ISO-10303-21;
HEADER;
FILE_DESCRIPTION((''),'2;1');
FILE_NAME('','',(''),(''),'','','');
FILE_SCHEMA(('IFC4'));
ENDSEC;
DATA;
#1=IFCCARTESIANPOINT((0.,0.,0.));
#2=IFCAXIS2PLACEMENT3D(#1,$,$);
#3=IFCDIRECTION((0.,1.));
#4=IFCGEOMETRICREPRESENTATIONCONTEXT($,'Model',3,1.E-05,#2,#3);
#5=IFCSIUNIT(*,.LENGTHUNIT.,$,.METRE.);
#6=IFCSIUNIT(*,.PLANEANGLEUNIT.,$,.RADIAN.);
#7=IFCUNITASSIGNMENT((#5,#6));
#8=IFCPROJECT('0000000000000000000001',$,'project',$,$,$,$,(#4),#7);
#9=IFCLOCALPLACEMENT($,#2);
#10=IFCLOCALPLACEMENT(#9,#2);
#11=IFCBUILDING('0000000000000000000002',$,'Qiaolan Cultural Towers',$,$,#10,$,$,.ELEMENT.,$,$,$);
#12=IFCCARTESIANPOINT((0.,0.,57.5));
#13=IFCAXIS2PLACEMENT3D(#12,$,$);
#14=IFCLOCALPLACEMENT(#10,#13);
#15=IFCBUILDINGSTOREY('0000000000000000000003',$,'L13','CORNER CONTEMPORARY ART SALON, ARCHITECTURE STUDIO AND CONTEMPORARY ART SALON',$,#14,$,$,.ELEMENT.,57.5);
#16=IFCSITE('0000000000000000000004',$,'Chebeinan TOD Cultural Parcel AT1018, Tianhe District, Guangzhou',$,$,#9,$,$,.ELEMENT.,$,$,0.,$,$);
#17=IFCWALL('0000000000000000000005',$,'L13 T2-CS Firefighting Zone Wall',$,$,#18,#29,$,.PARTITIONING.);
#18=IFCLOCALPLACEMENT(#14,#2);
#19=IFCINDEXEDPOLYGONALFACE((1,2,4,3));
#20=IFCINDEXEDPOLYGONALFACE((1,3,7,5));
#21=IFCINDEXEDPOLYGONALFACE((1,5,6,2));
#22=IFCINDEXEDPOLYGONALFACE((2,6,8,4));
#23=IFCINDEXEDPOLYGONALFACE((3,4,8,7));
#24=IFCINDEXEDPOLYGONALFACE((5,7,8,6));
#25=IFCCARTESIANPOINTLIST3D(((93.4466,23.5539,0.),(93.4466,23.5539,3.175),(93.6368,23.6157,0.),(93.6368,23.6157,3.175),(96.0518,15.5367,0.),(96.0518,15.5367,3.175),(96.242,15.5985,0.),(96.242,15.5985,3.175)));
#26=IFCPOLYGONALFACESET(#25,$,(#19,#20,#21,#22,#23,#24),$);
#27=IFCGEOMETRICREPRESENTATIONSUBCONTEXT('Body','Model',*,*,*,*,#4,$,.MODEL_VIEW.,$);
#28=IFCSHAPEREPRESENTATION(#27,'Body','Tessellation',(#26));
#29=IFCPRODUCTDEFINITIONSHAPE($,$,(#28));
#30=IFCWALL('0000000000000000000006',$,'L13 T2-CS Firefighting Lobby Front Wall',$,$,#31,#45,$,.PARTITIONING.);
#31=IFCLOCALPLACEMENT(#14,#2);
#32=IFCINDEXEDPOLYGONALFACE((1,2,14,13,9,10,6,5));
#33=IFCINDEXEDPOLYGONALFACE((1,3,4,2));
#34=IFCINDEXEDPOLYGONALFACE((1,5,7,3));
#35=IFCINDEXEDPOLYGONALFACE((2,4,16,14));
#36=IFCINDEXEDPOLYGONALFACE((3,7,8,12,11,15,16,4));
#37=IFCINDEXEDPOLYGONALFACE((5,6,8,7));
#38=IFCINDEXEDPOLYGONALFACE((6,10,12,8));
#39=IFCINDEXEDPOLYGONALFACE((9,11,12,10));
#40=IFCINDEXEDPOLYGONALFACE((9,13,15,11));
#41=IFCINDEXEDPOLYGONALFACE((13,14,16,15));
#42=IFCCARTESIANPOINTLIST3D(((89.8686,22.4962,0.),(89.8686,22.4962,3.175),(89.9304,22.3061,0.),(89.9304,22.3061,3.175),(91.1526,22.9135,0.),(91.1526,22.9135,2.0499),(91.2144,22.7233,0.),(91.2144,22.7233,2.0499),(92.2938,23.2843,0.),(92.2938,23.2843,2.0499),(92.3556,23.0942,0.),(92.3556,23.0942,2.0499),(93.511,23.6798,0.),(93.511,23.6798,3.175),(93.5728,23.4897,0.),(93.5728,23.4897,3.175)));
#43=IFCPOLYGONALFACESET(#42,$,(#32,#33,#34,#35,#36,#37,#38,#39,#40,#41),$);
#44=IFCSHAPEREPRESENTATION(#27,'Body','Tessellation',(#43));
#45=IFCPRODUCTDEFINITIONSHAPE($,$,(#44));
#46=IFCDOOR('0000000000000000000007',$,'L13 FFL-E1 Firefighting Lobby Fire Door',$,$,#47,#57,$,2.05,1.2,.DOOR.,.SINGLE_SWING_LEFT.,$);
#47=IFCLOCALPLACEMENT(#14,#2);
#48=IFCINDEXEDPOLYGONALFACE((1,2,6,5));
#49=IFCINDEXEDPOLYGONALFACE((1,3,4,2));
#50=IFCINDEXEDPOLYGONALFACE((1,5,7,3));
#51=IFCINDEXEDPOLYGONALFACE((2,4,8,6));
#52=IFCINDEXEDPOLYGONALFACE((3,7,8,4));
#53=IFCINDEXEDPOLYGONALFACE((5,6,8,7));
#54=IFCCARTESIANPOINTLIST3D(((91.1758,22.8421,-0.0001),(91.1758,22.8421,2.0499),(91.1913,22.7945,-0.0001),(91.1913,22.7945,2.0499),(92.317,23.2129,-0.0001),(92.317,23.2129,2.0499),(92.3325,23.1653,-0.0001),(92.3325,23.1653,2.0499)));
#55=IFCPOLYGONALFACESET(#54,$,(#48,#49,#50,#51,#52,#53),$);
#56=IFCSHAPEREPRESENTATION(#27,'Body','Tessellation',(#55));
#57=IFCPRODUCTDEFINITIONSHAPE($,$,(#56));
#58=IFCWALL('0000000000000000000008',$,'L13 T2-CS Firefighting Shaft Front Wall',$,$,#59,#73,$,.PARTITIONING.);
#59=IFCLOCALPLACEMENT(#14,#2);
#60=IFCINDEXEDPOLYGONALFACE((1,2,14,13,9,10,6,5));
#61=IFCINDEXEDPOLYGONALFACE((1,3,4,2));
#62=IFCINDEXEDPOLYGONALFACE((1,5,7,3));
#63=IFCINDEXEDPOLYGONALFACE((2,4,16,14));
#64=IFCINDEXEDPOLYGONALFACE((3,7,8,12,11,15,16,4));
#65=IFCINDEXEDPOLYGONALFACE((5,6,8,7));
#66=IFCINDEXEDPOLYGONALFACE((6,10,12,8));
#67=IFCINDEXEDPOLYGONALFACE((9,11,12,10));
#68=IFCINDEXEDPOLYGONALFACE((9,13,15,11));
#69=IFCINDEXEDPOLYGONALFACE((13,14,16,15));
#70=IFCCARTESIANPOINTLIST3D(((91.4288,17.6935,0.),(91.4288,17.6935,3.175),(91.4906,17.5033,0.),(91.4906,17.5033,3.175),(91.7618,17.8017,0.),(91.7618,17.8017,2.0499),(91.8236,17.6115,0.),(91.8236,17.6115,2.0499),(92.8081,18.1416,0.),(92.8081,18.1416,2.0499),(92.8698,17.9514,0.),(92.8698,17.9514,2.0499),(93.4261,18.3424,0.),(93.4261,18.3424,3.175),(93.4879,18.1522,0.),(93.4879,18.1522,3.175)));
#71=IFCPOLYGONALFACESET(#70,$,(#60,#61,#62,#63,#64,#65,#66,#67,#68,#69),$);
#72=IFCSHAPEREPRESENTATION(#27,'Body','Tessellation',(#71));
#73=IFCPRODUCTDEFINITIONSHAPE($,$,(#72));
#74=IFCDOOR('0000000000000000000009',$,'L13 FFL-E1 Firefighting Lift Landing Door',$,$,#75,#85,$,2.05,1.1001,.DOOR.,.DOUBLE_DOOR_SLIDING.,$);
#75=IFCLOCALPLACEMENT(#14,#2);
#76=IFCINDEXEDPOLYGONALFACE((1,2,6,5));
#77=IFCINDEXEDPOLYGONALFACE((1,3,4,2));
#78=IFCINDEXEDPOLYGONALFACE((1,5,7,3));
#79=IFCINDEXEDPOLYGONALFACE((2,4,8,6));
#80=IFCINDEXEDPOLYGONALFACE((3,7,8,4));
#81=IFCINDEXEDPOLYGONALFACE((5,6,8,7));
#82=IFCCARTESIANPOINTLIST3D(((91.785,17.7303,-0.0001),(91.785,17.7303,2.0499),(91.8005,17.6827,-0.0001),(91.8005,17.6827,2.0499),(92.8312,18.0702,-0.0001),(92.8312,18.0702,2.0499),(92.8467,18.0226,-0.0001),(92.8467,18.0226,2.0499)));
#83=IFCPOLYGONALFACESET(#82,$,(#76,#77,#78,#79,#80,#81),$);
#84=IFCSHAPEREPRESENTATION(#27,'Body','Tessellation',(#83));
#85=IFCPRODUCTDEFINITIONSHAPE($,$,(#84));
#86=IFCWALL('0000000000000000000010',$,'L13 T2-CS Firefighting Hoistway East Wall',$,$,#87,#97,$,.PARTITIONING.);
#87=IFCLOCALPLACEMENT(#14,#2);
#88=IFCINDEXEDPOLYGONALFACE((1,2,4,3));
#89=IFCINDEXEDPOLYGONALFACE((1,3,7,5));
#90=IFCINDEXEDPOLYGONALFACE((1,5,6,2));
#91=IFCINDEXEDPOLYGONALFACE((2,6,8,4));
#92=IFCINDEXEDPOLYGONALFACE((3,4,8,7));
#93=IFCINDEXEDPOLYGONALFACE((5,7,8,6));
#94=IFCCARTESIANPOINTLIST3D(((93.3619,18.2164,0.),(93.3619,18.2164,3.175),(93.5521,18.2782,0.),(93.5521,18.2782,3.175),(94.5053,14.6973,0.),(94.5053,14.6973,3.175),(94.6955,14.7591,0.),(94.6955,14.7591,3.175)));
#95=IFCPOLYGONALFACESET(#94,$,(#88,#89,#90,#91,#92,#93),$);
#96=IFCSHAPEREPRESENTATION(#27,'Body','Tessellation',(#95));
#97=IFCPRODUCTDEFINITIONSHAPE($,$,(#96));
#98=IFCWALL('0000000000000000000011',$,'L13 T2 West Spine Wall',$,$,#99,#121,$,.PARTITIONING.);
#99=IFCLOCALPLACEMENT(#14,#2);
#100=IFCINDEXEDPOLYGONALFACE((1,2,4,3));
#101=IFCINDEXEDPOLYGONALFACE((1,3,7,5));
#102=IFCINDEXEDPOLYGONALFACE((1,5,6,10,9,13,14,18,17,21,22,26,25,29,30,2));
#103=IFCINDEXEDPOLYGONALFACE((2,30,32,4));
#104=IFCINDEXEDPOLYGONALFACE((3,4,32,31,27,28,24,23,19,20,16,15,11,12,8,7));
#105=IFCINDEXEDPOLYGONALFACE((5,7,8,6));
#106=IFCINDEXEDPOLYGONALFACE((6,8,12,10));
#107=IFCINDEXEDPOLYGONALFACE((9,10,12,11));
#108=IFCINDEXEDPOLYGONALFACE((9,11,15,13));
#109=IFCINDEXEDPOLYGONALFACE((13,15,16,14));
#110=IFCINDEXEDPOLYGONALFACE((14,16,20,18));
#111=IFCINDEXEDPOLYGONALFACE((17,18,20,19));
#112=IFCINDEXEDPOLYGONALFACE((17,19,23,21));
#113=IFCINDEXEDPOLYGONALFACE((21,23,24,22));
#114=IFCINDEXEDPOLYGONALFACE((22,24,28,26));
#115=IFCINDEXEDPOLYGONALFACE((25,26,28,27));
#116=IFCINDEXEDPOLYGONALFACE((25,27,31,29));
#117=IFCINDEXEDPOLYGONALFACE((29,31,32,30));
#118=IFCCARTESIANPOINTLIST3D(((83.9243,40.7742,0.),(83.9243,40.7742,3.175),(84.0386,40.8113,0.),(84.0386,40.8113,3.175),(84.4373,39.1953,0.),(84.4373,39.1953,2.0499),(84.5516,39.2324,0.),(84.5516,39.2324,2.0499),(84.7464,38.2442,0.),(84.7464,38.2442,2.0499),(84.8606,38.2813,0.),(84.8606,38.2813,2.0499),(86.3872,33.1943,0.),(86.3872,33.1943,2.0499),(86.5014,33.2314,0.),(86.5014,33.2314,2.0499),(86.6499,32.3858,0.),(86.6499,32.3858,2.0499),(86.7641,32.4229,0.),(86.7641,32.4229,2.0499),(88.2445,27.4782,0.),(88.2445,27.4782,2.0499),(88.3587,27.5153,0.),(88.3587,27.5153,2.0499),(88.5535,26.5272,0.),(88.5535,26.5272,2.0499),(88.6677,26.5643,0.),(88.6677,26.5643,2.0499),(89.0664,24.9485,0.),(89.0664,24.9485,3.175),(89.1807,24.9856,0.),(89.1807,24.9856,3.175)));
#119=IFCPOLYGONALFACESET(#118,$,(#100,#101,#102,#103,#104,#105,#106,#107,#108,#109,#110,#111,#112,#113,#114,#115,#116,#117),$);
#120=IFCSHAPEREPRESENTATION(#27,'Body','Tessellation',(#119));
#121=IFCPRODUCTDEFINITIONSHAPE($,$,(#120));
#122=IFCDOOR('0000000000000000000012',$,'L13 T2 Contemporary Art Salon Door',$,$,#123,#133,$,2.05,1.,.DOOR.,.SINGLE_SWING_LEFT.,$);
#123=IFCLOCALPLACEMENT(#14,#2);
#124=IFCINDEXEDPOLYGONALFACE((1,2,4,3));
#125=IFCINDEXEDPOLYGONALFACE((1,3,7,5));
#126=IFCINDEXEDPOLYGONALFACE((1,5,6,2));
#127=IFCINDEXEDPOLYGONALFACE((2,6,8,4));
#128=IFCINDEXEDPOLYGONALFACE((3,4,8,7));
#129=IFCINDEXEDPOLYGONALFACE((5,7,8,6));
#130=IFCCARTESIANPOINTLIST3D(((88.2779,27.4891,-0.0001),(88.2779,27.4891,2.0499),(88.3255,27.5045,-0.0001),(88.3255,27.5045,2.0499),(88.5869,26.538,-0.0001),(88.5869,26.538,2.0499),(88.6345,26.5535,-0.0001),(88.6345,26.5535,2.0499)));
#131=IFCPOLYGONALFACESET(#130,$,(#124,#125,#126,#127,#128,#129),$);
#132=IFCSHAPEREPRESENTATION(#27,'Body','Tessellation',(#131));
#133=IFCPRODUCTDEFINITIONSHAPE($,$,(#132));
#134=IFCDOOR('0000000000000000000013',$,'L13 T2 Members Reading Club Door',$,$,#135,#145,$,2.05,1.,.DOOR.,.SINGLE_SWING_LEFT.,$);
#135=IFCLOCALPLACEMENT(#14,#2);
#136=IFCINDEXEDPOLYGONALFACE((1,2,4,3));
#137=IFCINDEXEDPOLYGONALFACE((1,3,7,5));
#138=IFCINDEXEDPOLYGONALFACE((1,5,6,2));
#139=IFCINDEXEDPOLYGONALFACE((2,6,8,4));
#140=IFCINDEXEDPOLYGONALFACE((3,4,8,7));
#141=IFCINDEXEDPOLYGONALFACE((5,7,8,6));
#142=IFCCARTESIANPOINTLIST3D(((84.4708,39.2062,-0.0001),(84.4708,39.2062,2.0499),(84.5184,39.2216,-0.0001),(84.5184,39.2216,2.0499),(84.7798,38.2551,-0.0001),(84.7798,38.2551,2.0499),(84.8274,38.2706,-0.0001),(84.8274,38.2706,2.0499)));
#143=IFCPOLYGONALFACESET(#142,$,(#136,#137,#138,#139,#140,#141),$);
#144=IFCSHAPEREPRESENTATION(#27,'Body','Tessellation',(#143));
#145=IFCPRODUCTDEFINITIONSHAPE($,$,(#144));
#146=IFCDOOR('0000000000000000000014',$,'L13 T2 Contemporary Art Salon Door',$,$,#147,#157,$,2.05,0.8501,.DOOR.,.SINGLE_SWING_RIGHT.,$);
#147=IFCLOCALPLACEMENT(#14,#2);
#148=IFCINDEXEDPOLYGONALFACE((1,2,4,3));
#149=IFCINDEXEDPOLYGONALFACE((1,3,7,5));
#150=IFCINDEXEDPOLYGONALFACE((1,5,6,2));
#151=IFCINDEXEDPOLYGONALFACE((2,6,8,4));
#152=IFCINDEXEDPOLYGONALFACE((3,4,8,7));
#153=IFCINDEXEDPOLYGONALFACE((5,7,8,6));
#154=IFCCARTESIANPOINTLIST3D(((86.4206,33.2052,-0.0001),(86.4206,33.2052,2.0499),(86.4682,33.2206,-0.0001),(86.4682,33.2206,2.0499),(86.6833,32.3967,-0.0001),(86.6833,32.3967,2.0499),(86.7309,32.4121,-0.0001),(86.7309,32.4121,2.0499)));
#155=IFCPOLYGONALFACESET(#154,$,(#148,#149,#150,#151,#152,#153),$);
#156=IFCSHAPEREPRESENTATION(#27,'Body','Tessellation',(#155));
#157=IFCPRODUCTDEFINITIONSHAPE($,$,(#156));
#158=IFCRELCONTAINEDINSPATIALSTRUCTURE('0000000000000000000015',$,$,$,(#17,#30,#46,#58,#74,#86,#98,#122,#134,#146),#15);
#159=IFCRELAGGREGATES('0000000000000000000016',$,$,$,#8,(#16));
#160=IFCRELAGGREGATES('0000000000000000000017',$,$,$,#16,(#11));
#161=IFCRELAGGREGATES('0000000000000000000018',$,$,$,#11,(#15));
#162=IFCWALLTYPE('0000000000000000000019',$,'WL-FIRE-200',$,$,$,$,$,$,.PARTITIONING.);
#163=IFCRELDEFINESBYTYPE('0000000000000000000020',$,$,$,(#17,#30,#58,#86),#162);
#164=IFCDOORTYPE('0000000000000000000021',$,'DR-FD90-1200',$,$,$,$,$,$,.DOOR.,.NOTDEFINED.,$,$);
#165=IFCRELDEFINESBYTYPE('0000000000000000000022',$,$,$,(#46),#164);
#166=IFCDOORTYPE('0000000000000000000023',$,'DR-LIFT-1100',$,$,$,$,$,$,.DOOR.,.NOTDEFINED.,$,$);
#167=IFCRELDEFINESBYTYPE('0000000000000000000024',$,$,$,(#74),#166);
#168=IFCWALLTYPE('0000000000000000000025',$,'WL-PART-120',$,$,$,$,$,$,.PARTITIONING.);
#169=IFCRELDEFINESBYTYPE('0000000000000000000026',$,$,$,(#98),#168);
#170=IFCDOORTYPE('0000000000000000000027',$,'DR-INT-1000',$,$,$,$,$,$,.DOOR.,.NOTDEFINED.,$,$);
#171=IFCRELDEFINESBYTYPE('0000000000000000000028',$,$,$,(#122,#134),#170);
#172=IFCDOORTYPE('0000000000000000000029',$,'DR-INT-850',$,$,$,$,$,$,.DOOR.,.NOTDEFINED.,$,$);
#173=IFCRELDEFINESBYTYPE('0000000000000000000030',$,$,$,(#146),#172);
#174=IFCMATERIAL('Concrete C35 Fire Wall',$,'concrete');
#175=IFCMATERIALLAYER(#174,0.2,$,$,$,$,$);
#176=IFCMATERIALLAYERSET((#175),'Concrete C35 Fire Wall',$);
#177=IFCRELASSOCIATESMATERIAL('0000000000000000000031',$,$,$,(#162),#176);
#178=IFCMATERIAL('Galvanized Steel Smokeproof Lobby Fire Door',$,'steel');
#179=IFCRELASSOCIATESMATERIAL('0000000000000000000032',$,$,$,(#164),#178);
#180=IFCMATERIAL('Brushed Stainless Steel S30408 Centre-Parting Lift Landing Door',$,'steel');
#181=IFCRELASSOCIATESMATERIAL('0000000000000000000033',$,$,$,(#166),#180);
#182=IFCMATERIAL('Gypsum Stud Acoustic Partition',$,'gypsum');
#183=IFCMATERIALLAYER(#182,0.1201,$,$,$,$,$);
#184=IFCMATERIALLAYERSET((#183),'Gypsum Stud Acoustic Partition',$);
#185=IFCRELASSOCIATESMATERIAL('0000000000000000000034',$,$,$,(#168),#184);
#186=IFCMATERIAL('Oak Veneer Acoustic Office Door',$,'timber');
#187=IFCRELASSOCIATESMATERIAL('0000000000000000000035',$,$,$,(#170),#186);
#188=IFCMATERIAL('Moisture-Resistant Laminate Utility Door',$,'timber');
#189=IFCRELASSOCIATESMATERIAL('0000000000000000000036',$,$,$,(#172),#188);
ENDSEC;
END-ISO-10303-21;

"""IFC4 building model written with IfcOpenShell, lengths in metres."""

from ifc_helpers import new_model, si_unit, direction, frame, frame_2d, origin, place, context, subcontext, project, spatial, rectangle, extrude, material, layer, layer_set, type_object, element, fill, save


model = new_model("IFC4")

# Units and contexts
model_context = context("Model", 3, precision=1e-05, world=origin(), true_north=direction((0.0, 1.0)))
body_context = subcontext(model_context, "Body", "Model", "MODEL_VIEW")
ifc_project = project(units=[si_unit("LENGTHUNIT", "METRE"), si_unit("PLANEANGLEUNIT", "RADIAN")], contexts=[model_context])

# Site, building, storey
site_placement = place(None, origin())
site = spatial("IfcSite", under=ifc_project, at=site_placement, Name="Chebeinan TOD Cultural Parcel AT1018, Tianhe District, Guangzhou", CompositionType="ELEMENT", RefElevation=0.0)
building_placement = place(site_placement, origin())
building = spatial("IfcBuilding", under=site, at=building_placement, Name="Qiaolan Cultural Towers", CompositionType="ELEMENT")
storey_placement = place(building_placement, frame((0.0, 0.0, 57.5)))
storey = spatial("IfcBuildingStorey", under=building, at=storey_placement, Name="L13", Description="CORNER CONTEMPORARY ART SALON, ARCHITECTURE STUDIO AND CONTEMPORARY ART SALON", CompositionType="ELEMENT", Elevation=57.5)

# Shared definitions
ifc_material_1 = material(Name="Concrete C35 Fire Wall", Category="concrete")
ifc_layer_1 = layer(ifc_material_1, 0.2)
ifc_layer_set_1 = layer_set([ifc_layer_1], Name="Concrete C35 Fire Wall")
wall_type_1 = type_object("IfcWallType", Name="WL-FIRE-200", PredefinedType="PARTITIONING", material=ifc_layer_set_1)

# Wall
wall_1_placement = place(storey_placement, frame((93.5417, 23.5847, 0.0), z_axis=(0.0, 0.0, 1.0), x_axis=(0.309042, -0.951048, 0.0)))
element("IfcWall", 1, at=wall_1_placement, inside=storey, type_object=wall_type_1, Name="L13 T2-CS Firefighting Zone Wall", PredefinedType="PARTITIONING", context=body_context, shape_type="SweptSolid", body=[
    extrude(rectangle(XDim=8.4299, YDim=0.2, at=frame_2d((4.2148, 0.0))), origin(), (0.0, 0.0, 1.0), 3.175),
])

# Walls, openings, doors
wall_2_placement = place(storey_placement, frame((89.8994, 22.4011, 0.0), z_axis=(0.0, 0.0, 1.0), x_axis=(0.951047, 0.309047, 0.0)))
wall_2 = element("IfcWall", 2, at=wall_2_placement, inside=storey, type_object=wall_type_1, Name="L13 T2-CS Firefighting Lobby Front Wall", PredefinedType="PARTITIONING", context=body_context, shape_type="SweptSolid", body=[
    extrude(rectangle(XDim=3.8298, YDim=0.2, at=frame_2d((1.915, 0.0))), origin(), (0.0, 0.0, 1.0), 3.175),
])
opening_1_placement = place(wall_2_placement, frame((1.3501, 0.0, 0.0)))
opening_1 = element("IfcOpeningElement", 3, at=opening_1_placement, cuts=wall_2, PredefinedType="OPENING", context=body_context, shape_type="SweptSolid", body=[
    extrude(rectangle(XDim=1.2, YDim=2.05, at=frame_2d((0.6001, 1.0249))), frame((0.0, 0.1099, 0.0), z_axis=(0.0, -1.0, 0.0), x_axis=(1.0, 0.0, 0.0)), (0.0, 0.0, 1.0), 0.22),
])
ifc_material_2 = material(Name="Galvanized Steel Smokeproof Lobby Fire Door", Category="steel")
door_type_1 = type_object("IfcDoorType", Name="DR-FD90-1200", OperationType="NOTDEFINED", PredefinedType="DOOR", material=ifc_material_2)
door_1_placement = place(opening_1_placement, origin())
door_1 = element("IfcDoor", 4, at=door_1_placement, inside=storey, type_object=door_type_1, Name="L13 FFL-E1 Firefighting Lobby Fire Door", OperationType="SINGLE_SWING_LEFT", OverallHeight=2.05, OverallWidth=1.2, PredefinedType="DOOR", context=body_context, shape_type="SweptSolid", body=[
    extrude(rectangle(XDim=1.2, YDim=2.05, at=frame_2d((0.6001, 1.0249))), frame((0.0, 0.0249, 0.0), z_axis=(0.0, -1.0, 0.0), x_axis=(1.0, 0.0, 0.0)), (0.0, 0.0, 1.0), 0.05),
])
fill(opening_1, door_1)
wall_3_placement = place(storey_placement, frame((91.4597, 17.5984, 0.0), z_axis=(0.0, 0.0, 1.0), x_axis=(0.951062, 0.308999, 0.0)))
wall_3 = element("IfcWall", 5, at=wall_3_placement, inside=storey, type_object=wall_type_1, Name="L13 T2-CS Firefighting Shaft Front Wall", PredefinedType="PARTITIONING", context=body_context, shape_type="SweptSolid", body=[
    extrude(rectangle(XDim=2.1001, YDim=0.2, at=frame_2d((1.05, 0.0))), origin(), (0.0, 0.0, 1.0), 3.175),
])
opening_2_placement = place(wall_3_placement, frame((0.3501, 0.0, 0.0)))
opening_2 = element("IfcOpeningElement", 6, at=opening_2_placement, cuts=wall_3, PredefinedType="OPENING", context=body_context, shape_type="SweptSolid", body=[
    extrude(rectangle(XDim=1.1001, YDim=2.05, at=frame_2d((0.55, 1.0249))), frame((0.0, 0.1099, 0.0), z_axis=(0.0, -1.0, 0.0), x_axis=(1.0, 0.0, 0.0)), (0.0, 0.0, 1.0), 0.22),
])
ifc_material_3 = material(Name="Brushed Stainless Steel S30408 Centre-Parting Lift Landing Door", Category="steel")
door_type_2 = type_object("IfcDoorType", Name="DR-LIFT-1100", OperationType="NOTDEFINED", PredefinedType="DOOR", material=ifc_material_3)
door_2_placement = place(opening_2_placement, origin())
door_2 = element("IfcDoor", 7, at=door_2_placement, inside=storey, type_object=door_type_2, Name="L13 FFL-E1 Firefighting Lift Landing Door", OperationType="DOUBLE_DOOR_SLIDING", OverallHeight=2.05, OverallWidth=1.1001, PredefinedType="DOOR", context=body_context, shape_type="SweptSolid", body=[
    extrude(rectangle(XDim=1.1001, YDim=2.05, at=frame_2d((0.55, 1.0249))), frame((0.0, 0.0249, 0.0), z_axis=(0.0, -1.0, 0.0), x_axis=(1.0, 0.0, 0.0)), (0.0, 0.0, 1.0), 0.05),
])
fill(opening_2, door_2)

# Wall
wall_4_placement = place(storey_placement, frame((93.457, 18.2473, 0.0), z_axis=(0.0, 0.0, 1.0), x_axis=(0.308994, -0.951064, 0.0)))
element("IfcWall", 8, at=wall_4_placement, inside=storey, type_object=wall_type_1, Name="L13 T2-CS Firefighting Hoistway East Wall", PredefinedType="PARTITIONING", context=body_context, shape_type="SweptSolid", body=[
    extrude(rectangle(XDim=3.7002, YDim=0.2, at=frame_2d((1.8501, 0.0))), origin(), (0.0, 0.0, 1.0), 3.175),
])

# Wall, openings, doors
ifc_material_4 = material(Name="Gypsum Stud Acoustic Partition", Category="gypsum")
ifc_layer_2 = layer(ifc_material_4, 0.1201)
ifc_layer_set_2 = layer_set([ifc_layer_2], Name="Gypsum Stud Acoustic Partition")
wall_type_2 = type_object("IfcWallType", Name="WL-PART-120", PredefinedType="PARTITIONING", material=ifc_layer_set_2)
wall_5_placement = place(storey_placement, frame((89.1235, 24.967, 0.0), z_axis=(0.0, 0.0, 1.0), x_axis=(-0.309018, 0.951056, 0.0)))
wall_5 = element("IfcWall", 9, at=wall_5_placement, inside=storey, type_object=wall_type_2, Name="L13 T2 West Spine Wall", PredefinedType="PARTITIONING", context=body_context, shape_type="SweptSolid", body=[
    extrude(rectangle(XDim=16.6401, YDim=0.1201, at=frame_2d((8.3201, 0.0))), origin(), (0.0, 0.0, 1.0), 3.175),
])
opening_3_placement = place(wall_5_placement, frame((1.6599, 0.0, 0.0)))
opening_3 = element("IfcOpeningElement", 10, at=opening_3_placement, cuts=wall_5, PredefinedType="OPENING", context=body_context, shape_type="SweptSolid", body=[
    extrude(rectangle(XDim=1.0, YDim=2.05, at=frame_2d((0.5, 1.0249))), frame((0.0, 0.0701, 0.0), z_axis=(0.0, -1.0, 0.0), x_axis=(1.0, 0.0, 0.0)), (0.0, 0.0, 1.0), 0.1401),
])
opening_4_placement = place(wall_5_placement, frame((7.8201, 0.0, 0.0)))
opening_4 = element("IfcOpeningElement", 11, at=opening_4_placement, cuts=wall_5, PredefinedType="OPENING", context=body_context, shape_type="SweptSolid", body=[
    extrude(rectangle(XDim=0.8501, YDim=2.05, at=frame_2d((0.425, 1.0249))), frame((0.0, 0.0701, 0.0), z_axis=(0.0, -1.0, 0.0), x_axis=(1.0, 0.0, 0.0)), (0.0, 0.0, 1.0), 0.1401),
])
opening_5_placement = place(wall_5_placement, frame((13.98, 0.0, 0.0)))
opening_5 = element("IfcOpeningElement", 12, at=opening_5_placement, cuts=wall_5, PredefinedType="OPENING", context=body_context, shape_type="SweptSolid", body=[
    extrude(rectangle(XDim=1.0, YDim=2.05, at=frame_2d((0.5, 1.0249))), frame((0.0, 0.0701, 0.0), z_axis=(0.0, -1.0, 0.0), x_axis=(1.0, 0.0, 0.0)), (0.0, 0.0, 1.0), 0.1401),
])
ifc_material_5 = material(Name="Oak Veneer Acoustic Office Door", Category="timber")
door_type_3 = type_object("IfcDoorType", Name="DR-INT-1000", OperationType="NOTDEFINED", PredefinedType="DOOR", material=ifc_material_5)
door_3_placement = place(opening_3_placement, origin())
door_3 = element("IfcDoor", 13, at=door_3_placement, inside=storey, type_object=door_type_3, Name="L13 T2 Contemporary Art Salon Door", OperationType="SINGLE_SWING_LEFT", OverallHeight=2.05, OverallWidth=1.0, PredefinedType="DOOR", context=body_context, shape_type="SweptSolid", body=[
    extrude(rectangle(XDim=1.0, YDim=2.05, at=frame_2d((0.5, 1.0249))), frame((0.0, 0.0249, 0.0), z_axis=(0.0, -1.0, 0.0), x_axis=(1.0, 0.0, 0.0)), (0.0, 0.0, 1.0), 0.05),
])
fill(opening_3, door_3)
door_4_placement = place(opening_5_placement, origin())
door_4 = element("IfcDoor", 14, at=door_4_placement, inside=storey, type_object=door_type_3, Name="L13 T2 Members Reading Club Door", OperationType="SINGLE_SWING_LEFT", OverallHeight=2.05, OverallWidth=1.0, PredefinedType="DOOR", context=body_context, shape_type="SweptSolid", body=[
    extrude(rectangle(XDim=1.0, YDim=2.05, at=frame_2d((0.5, 1.0249))), frame((0.0, 0.0249, 0.0), z_axis=(0.0, -1.0, 0.0), x_axis=(1.0, 0.0, 0.0)), (0.0, 0.0, 1.0), 0.05),
])
fill(opening_5, door_4)
ifc_material_6 = material(Name="Moisture-Resistant Laminate Utility Door", Category="timber")
door_type_4 = type_object("IfcDoorType", Name="DR-INT-850", OperationType="NOTDEFINED", PredefinedType="DOOR", material=ifc_material_6)
door_5_placement = place(opening_4_placement, origin())
door_5 = element("IfcDoor", 15, at=door_5_placement, inside=storey, type_object=door_type_4, Name="L13 T2 Contemporary Art Salon Door", OperationType="SINGLE_SWING_RIGHT", OverallHeight=2.05, OverallWidth=0.8501, PredefinedType="DOOR", context=body_context, shape_type="SweptSolid", body=[
    extrude(rectangle(XDim=0.8501, YDim=2.05, at=frame_2d((0.425, 1.0249))), frame((0.0, 0.0249, 0.0), z_axis=(0.0, -1.0, 0.0), x_axis=(1.0, 0.0, 0.0)), (0.0, 0.0, 1.0), 0.05),
])
fill(opening_4, door_5)

save(model, "model.ifc")
